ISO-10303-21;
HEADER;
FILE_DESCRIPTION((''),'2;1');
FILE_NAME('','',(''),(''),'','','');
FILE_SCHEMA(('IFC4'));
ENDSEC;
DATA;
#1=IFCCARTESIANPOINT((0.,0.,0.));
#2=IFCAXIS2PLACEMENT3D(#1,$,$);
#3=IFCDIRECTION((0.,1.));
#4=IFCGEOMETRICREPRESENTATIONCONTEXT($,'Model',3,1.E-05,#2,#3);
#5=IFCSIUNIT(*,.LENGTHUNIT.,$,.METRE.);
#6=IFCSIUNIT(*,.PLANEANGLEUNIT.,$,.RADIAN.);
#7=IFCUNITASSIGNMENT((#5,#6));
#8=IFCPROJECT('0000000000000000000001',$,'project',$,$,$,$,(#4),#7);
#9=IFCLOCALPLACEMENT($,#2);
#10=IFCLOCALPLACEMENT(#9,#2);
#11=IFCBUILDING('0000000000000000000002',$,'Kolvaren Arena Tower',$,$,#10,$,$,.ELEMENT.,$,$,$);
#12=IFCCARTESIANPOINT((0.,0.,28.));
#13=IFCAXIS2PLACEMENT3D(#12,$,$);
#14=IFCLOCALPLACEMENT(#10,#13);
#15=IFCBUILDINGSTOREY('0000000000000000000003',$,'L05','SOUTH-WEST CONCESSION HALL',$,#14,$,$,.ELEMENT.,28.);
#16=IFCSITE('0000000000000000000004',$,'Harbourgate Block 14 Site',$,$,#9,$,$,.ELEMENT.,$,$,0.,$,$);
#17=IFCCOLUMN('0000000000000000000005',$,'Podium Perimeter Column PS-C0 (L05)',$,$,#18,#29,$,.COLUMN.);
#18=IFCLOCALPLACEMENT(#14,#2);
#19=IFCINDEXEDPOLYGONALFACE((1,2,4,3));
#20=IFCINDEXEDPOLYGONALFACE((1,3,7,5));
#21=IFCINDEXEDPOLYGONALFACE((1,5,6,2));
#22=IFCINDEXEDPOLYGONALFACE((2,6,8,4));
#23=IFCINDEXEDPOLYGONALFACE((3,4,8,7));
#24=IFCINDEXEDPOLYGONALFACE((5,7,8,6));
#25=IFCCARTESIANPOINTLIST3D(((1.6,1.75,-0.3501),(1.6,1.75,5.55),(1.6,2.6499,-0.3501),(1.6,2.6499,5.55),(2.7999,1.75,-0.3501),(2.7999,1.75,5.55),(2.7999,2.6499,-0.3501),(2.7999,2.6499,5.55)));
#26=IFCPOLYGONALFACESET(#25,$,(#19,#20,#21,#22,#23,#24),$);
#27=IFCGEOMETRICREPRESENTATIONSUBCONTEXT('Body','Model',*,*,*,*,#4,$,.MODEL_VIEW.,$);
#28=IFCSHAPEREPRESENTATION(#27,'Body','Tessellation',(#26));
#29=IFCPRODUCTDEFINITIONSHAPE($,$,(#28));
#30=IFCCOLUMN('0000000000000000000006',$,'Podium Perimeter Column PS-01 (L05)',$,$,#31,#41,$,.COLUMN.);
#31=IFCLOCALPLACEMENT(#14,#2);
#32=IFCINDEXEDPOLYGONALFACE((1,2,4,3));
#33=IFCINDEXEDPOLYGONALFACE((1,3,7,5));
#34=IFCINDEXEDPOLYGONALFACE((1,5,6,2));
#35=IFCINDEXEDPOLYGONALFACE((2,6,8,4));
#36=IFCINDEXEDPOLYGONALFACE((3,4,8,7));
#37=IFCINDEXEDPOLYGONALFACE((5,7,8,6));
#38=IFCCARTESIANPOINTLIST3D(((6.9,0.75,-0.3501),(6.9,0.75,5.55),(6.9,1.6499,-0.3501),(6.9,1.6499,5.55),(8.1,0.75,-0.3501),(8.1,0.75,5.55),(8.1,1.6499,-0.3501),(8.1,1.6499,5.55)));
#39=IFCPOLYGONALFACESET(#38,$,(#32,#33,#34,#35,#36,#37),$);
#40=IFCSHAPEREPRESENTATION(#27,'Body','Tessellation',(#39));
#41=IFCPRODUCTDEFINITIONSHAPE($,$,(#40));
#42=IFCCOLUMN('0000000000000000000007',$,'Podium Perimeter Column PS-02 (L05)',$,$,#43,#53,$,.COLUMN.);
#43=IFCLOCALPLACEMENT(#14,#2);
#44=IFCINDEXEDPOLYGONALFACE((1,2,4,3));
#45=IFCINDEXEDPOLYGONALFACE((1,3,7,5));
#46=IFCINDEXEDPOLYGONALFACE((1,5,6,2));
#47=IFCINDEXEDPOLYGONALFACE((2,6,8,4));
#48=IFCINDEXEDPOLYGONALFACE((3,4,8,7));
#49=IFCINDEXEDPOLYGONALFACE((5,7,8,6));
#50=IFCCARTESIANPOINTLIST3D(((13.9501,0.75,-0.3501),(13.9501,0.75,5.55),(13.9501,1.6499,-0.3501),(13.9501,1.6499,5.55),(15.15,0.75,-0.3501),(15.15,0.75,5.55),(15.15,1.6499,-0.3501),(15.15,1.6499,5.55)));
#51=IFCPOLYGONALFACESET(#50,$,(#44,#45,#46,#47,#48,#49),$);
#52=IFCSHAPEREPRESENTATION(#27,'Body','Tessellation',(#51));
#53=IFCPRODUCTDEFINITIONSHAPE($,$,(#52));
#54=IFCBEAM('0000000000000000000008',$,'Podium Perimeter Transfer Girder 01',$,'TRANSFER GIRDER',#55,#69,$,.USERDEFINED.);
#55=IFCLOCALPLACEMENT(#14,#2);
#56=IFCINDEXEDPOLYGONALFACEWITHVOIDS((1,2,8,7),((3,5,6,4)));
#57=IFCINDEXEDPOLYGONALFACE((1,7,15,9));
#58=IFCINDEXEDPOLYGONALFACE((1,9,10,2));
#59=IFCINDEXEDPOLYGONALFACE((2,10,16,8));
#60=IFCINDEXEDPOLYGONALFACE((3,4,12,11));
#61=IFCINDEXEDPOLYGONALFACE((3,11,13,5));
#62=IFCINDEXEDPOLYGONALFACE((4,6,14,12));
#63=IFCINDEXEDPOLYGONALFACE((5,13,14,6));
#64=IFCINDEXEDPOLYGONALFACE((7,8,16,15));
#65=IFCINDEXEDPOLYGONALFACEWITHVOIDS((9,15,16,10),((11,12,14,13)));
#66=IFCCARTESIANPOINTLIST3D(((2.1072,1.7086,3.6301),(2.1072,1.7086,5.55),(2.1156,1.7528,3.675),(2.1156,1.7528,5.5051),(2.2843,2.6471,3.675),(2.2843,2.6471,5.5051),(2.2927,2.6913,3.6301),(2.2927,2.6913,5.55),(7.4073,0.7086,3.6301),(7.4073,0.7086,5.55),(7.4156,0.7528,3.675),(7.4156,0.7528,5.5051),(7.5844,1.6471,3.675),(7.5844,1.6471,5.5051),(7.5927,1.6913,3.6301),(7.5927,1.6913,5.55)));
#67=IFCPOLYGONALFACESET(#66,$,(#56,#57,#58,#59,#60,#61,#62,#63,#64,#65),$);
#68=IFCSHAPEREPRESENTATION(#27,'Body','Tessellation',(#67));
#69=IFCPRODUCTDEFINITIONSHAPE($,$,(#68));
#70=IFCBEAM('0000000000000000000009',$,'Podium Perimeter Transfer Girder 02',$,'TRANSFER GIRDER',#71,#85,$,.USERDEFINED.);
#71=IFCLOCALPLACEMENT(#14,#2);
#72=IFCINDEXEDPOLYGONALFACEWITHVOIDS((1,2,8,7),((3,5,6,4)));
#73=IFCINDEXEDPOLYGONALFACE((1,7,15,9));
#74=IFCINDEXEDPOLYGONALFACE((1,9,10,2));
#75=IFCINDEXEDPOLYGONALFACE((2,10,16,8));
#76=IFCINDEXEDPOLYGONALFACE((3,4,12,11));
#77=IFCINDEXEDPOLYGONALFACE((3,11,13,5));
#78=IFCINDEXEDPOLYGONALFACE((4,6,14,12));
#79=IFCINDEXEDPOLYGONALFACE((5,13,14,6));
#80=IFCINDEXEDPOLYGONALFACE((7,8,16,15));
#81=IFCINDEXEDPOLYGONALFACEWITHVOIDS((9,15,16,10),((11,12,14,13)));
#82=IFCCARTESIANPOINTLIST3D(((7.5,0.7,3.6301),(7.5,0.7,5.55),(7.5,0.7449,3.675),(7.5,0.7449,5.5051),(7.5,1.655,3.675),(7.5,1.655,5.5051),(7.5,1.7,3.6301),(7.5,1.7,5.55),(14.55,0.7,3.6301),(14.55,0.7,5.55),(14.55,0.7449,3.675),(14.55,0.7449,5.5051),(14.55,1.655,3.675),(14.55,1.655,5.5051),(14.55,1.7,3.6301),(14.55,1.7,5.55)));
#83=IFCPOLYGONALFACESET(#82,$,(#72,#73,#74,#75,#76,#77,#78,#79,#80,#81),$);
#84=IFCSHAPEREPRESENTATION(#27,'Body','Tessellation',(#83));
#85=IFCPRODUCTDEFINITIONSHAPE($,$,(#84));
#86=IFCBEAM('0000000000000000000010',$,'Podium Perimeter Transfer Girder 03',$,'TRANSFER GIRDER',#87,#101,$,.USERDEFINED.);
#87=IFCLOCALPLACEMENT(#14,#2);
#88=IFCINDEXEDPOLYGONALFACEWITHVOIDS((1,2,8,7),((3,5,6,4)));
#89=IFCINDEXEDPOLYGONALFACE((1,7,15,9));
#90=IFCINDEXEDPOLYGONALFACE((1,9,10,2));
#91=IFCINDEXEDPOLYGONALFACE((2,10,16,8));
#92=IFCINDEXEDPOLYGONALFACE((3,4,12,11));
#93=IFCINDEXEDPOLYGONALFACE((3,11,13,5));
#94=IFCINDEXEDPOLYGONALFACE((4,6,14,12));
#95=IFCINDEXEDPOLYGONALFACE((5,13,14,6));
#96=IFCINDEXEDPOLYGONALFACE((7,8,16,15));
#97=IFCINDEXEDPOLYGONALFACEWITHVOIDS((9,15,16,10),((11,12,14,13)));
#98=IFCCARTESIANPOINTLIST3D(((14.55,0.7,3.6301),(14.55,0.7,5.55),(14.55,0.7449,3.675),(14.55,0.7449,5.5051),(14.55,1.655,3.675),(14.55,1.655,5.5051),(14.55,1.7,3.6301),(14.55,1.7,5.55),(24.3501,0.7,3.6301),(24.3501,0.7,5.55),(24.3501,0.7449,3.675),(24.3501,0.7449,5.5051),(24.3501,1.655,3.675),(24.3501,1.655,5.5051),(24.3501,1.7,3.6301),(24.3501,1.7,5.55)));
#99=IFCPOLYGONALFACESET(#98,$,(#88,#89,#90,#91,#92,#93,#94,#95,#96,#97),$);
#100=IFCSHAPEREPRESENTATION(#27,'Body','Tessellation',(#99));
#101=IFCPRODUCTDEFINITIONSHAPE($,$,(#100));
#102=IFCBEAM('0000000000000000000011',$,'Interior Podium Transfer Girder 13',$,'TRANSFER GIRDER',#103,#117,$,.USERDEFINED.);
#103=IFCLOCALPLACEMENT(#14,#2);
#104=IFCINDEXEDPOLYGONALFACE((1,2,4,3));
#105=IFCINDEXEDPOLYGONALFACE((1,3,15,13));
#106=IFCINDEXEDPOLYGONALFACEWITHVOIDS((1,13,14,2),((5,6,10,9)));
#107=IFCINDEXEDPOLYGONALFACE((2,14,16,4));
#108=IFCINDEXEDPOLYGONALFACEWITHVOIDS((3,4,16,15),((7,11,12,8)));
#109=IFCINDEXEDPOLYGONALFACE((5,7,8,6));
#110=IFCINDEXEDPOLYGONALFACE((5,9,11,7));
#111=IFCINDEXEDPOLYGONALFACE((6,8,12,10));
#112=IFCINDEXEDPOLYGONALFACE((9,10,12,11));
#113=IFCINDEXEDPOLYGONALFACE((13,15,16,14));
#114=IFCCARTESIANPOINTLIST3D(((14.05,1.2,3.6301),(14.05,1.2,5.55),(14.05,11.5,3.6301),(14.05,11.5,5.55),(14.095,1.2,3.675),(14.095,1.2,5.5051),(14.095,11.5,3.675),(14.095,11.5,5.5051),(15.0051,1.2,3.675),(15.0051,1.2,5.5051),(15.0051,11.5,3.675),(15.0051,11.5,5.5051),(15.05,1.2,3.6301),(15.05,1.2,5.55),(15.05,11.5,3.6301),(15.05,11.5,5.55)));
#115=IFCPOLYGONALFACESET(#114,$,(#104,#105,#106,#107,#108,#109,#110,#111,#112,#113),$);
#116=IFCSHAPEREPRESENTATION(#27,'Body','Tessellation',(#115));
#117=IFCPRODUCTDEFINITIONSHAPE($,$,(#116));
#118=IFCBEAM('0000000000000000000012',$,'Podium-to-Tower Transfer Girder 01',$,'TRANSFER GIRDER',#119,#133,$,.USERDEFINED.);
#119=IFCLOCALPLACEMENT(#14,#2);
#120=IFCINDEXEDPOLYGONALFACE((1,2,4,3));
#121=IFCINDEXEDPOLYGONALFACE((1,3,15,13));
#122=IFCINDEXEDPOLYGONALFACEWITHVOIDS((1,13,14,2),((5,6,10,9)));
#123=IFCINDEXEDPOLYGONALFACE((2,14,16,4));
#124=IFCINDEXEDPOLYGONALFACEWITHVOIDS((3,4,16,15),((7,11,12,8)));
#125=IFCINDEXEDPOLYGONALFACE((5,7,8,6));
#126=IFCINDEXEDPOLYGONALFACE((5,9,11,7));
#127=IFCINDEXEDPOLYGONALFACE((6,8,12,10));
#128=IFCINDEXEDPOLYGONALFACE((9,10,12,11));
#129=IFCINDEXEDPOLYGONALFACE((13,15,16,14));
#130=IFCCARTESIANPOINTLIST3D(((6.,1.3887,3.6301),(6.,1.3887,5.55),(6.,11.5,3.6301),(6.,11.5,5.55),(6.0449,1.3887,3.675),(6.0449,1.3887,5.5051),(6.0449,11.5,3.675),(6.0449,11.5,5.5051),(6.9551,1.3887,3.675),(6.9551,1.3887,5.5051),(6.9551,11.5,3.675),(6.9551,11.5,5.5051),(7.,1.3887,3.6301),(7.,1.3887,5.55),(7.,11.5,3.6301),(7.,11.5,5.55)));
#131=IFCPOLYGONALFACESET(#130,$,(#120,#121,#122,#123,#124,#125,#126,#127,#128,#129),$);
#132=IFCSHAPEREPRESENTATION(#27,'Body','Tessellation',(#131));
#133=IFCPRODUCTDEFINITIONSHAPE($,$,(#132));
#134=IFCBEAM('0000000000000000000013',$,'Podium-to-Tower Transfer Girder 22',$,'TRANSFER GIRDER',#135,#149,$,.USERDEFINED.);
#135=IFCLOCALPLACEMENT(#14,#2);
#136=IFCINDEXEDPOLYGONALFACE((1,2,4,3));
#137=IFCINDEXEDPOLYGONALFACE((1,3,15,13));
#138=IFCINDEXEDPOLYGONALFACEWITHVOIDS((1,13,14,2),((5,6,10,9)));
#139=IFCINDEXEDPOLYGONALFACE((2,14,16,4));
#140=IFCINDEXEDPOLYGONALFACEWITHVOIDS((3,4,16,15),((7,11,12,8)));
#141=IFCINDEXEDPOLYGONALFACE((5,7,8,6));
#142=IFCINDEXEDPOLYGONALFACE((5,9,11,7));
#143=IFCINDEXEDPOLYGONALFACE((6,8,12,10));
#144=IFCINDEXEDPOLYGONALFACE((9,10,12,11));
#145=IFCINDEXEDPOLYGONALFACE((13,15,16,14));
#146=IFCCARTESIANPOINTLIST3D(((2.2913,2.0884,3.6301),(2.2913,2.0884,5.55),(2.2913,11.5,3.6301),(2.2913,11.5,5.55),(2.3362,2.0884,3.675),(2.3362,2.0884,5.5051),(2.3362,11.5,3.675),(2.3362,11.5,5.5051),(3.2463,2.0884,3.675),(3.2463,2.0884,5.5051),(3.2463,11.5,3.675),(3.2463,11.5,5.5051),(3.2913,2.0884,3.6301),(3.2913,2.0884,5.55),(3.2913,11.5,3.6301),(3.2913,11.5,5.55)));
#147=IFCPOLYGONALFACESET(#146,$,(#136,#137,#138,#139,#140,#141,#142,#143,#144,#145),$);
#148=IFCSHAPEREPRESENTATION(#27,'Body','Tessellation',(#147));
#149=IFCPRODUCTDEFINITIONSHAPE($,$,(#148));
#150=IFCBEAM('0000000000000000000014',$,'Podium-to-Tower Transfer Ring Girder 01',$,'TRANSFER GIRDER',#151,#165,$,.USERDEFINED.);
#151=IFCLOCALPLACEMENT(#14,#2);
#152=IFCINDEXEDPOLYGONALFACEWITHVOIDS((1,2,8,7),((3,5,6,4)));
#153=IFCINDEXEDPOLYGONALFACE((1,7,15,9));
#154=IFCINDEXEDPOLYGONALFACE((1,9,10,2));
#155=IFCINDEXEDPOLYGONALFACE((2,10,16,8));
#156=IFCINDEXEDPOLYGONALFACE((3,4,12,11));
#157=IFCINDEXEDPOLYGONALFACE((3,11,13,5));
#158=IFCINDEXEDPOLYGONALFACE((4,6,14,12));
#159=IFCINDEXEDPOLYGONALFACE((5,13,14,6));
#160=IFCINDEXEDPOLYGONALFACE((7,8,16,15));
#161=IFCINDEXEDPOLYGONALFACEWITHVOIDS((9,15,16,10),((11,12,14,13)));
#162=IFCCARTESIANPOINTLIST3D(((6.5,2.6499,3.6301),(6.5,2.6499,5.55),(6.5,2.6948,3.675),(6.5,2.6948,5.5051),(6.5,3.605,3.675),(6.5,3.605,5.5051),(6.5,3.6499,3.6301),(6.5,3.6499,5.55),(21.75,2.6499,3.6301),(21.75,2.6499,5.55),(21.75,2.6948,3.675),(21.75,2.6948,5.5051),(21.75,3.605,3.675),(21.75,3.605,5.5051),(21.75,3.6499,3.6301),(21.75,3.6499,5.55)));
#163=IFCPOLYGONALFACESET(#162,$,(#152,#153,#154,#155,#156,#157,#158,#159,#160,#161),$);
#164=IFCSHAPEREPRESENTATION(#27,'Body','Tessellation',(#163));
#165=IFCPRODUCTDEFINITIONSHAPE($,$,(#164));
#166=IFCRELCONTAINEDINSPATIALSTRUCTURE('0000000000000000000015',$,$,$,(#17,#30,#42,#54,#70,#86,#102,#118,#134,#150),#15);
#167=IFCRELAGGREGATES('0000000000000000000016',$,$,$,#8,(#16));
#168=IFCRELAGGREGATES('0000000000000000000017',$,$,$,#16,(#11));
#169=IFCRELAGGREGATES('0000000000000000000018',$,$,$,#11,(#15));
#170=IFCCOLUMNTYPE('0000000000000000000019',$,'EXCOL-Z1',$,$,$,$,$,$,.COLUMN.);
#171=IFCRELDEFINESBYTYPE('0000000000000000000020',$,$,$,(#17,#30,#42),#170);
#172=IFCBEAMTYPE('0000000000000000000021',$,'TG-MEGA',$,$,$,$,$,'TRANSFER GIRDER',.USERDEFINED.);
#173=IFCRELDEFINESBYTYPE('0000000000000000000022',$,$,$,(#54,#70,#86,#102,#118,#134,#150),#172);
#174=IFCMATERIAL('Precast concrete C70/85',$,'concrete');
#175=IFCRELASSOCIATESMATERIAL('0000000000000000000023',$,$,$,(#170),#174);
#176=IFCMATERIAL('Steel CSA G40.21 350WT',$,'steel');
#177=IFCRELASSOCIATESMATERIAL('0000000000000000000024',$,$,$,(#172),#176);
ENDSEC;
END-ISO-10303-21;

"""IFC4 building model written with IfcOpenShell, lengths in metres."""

from ifc_helpers import new_model, si_unit, direction, frame, origin, origin_2d, place, context, subcontext, project, spatial, rectangle, hollow_rectangle, extrude, material, material_profile, profile_set, type_object, element, save


model = new_model("IFC4")

# Units and contexts
model_context = context("Model", 3, precision=1e-05, world=origin(), true_north=direction((0.0, 1.0)))
body_context = subcontext(model_context, "Body", "Model", "MODEL_VIEW")
ifc_project = project(units=[si_unit("LENGTHUNIT", "METRE"), si_unit("PLANEANGLEUNIT", "RADIAN")], contexts=[model_context])

# Site, building, storey
site_placement = place(None, origin())
site = spatial("IfcSite", under=ifc_project, at=site_placement, Name="Harbourgate Block 14 Site", CompositionType="ELEMENT", RefElevation=0.0)
building_placement = place(site_placement, origin())
building = spatial("IfcBuilding", under=site, at=building_placement, Name="Kolvaren Arena Tower", CompositionType="ELEMENT")
storey_placement = place(building_placement, frame((0.0, 0.0, 28.0)))
storey = spatial("IfcBuildingStorey", under=building, at=storey_placement, Name="L05", Description="SOUTH-WEST CONCESSION HALL", CompositionType="ELEMENT", Elevation=28.0)

# Columns
ifc_material_1 = material(Name="Precast concrete C70/85", Category="concrete")
ifc_material_profile_1 = material_profile(ifc_material_1, rectangle(XDim=1.2, YDim=0.8999, at=origin_2d()), Name="RC-1200x900")
ifc_profile_set_1 = profile_set([ifc_material_profile_1], Name="Precast concrete C70/85")
column_type = type_object("IfcColumnType", Name="EXCOL-Z1", PredefinedType="COLUMN", material=ifc_profile_set_1)
for number, where, z_axis, x_axis, name in (
    (1, (2.2, 2.2, -0.3501), (0.0, 0.0, 1.0), (1.0, 0.0, 0.0), "Podium Perimeter Column PS-C0 (L05)"),
    (2, (7.5, 1.2, -0.3501), (0.0, 0.0, 1.0), (1.0, 0.0, 0.0), "Podium Perimeter Column PS-01 (L05)"),
    (3, (14.55, 1.2, -0.3501), (0.0, 0.0, 1.0), (1.0, 0.0, 0.0), "Podium Perimeter Column PS-02 (L05)"),
):
    element("IfcColumn", number, at=place(storey_placement, frame(where, z_axis=z_axis, x_axis=x_axis)), inside=storey, type_object=column_type, Name=name, PredefinedType="COLUMN", context=body_context, shape_type="SweptSolid", body=[
        extrude(rectangle(XDim=1.2, YDim=0.8999, at=origin_2d()), origin(), (0.0, 0.0, 1.0), 5.9001),
    ])

# Beams
ifc_material_2 = material(Name="Steel CSA G40.21 350WT", Category="steel")
ifc_material_profile_2 = material_profile(ifc_material_2, hollow_rectangle(XDim=1.0, YDim=1.9199, WallThickness=0.0449, at=origin_2d()), Name="BOX 1000x1920x45")
ifc_profile_set_2 = profile_set([ifc_material_profile_2], Name="Steel CSA G40.21 350WT")
beam_type = type_object("IfcBeamType", Name="TG-MEGA", ElementType="TRANSFER GIRDER", PredefinedType="USERDEFINED", material=ifc_profile_set_2)
beam_1_placement = place(storey_placement, frame((2.2, 2.2, 4.5901), z_axis=(0.982662, -0.185406, 0.0), x_axis=(0.185406, 0.982662, 0.0)))
element("IfcBeam", 4, at=beam_1_placement, inside=storey, type_object=beam_type, Name="Podium Perimeter Transfer Girder 01", ObjectType="TRANSFER GIRDER", PredefinedType="USERDEFINED", context=body_context, shape_type="SweptSolid", body=[
    extrude(hollow_rectangle(XDim=1.0, YDim=1.9199, WallThickness=0.0449, at=origin_2d()), origin(), (0.0, 0.0, 1.0), 5.3936),
])
beam_2_placement = place(storey_placement, frame((7.5, 1.2, 4.5901), z_axis=(1.0, 0.0, 0.0), x_axis=(0.0, 1.0, 0.0)))
element("IfcBeam", 5, at=beam_2_placement, inside=storey, type_object=beam_type, Name="Podium Perimeter Transfer Girder 02", ObjectType="TRANSFER GIRDER", PredefinedType="USERDEFINED", context=body_context, shape_type="SweptSolid", body=[
    extrude(hollow_rectangle(XDim=1.0, YDim=1.9199, WallThickness=0.0449, at=origin_2d()), origin(), (0.0, 0.0, 1.0), 7.05),
])
beam_3_placement = place(storey_placement, frame((14.55, 1.2, 4.5901), z_axis=(1.0, 0.0, 0.0), x_axis=(0.0, 1.0, 0.0)))
element("IfcBeam", 6, at=beam_3_placement, inside=storey, type_object=beam_type, Name="Podium Perimeter Transfer Girder 03", ObjectType="TRANSFER GIRDER", PredefinedType="USERDEFINED", context=body_context, shape_type="SweptSolid", body=[
    extrude(hollow_rectangle(XDim=1.0, YDim=1.9199, WallThickness=0.0449, at=origin_2d()), origin(), (0.0, 0.0, 1.0), 9.8),
])
beam_4_placement = place(storey_placement, frame((14.55, 1.2, 4.5901), z_axis=(0.0, 1.0, 0.0), x_axis=(-1.0, 0.0, 0.0)))
element("IfcBeam", 7, at=beam_4_placement, inside=storey, type_object=beam_type, Name="Interior Podium Transfer Girder 13", ObjectType="TRANSFER GIRDER", PredefinedType="USERDEFINED", context=body_context, shape_type="SweptSolid", body=[
    extrude(hollow_rectangle(XDim=1.0, YDim=1.9199, WallThickness=0.0449, at=origin_2d()), origin(), (0.0, 0.0, 1.0), 10.3),
])
beam_5_placement = place(storey_placement, frame((6.5, 1.3887, 4.5901), z_axis=(0.0, 1.0, 0.0), x_axis=(-1.0, 0.0, 0.0)))
element("IfcBeam", 8, at=beam_5_placement, inside=storey, type_object=beam_type, Name="Podium-to-Tower Transfer Girder 01", ObjectType="TRANSFER GIRDER", PredefinedType="USERDEFINED", context=body_context, shape_type="SweptSolid", body=[
    extrude(hollow_rectangle(XDim=1.0, YDim=1.9199, WallThickness=0.0449, at=origin_2d()), origin(), (0.0, 0.0, 1.0), 10.1113),
])
beam_6_placement = place(storey_placement, frame((2.7913, 2.0884, 4.5901), z_axis=(0.0, 1.0, 0.0), x_axis=(-1.0, 0.0, 0.0)))
element("IfcBeam", 9, at=beam_6_placement, inside=storey, type_object=beam_type, Name="Podium-to-Tower Transfer Girder 22", ObjectType="TRANSFER GIRDER", PredefinedType="USERDEFINED", context=body_context, shape_type="SweptSolid", body=[
    extrude(hollow_rectangle(XDim=1.0, YDim=1.9199, WallThickness=0.0449, at=origin_2d()), origin(), (0.0, 0.0, 1.0), 9.4116),
])
beam_7_placement = place(storey_placement, frame((6.5, 3.1499, 4.5901), z_axis=(1.0, 0.0, 0.0), x_axis=(0.0, 1.0, 0.0)))
element("IfcBeam", 10, at=beam_7_placement, inside=storey, type_object=beam_type, Name="Podium-to-Tower Transfer Ring Girder 01", ObjectType="TRANSFER GIRDER", PredefinedType="USERDEFINED", context=body_context, shape_type="SweptSolid", body=[
    extrude(hollow_rectangle(XDim=1.0, YDim=1.9199, WallThickness=0.0449, at=origin_2d()), origin(), (0.0, 0.0, 1.0), 15.25),
])

save(model, "model.ifc")
